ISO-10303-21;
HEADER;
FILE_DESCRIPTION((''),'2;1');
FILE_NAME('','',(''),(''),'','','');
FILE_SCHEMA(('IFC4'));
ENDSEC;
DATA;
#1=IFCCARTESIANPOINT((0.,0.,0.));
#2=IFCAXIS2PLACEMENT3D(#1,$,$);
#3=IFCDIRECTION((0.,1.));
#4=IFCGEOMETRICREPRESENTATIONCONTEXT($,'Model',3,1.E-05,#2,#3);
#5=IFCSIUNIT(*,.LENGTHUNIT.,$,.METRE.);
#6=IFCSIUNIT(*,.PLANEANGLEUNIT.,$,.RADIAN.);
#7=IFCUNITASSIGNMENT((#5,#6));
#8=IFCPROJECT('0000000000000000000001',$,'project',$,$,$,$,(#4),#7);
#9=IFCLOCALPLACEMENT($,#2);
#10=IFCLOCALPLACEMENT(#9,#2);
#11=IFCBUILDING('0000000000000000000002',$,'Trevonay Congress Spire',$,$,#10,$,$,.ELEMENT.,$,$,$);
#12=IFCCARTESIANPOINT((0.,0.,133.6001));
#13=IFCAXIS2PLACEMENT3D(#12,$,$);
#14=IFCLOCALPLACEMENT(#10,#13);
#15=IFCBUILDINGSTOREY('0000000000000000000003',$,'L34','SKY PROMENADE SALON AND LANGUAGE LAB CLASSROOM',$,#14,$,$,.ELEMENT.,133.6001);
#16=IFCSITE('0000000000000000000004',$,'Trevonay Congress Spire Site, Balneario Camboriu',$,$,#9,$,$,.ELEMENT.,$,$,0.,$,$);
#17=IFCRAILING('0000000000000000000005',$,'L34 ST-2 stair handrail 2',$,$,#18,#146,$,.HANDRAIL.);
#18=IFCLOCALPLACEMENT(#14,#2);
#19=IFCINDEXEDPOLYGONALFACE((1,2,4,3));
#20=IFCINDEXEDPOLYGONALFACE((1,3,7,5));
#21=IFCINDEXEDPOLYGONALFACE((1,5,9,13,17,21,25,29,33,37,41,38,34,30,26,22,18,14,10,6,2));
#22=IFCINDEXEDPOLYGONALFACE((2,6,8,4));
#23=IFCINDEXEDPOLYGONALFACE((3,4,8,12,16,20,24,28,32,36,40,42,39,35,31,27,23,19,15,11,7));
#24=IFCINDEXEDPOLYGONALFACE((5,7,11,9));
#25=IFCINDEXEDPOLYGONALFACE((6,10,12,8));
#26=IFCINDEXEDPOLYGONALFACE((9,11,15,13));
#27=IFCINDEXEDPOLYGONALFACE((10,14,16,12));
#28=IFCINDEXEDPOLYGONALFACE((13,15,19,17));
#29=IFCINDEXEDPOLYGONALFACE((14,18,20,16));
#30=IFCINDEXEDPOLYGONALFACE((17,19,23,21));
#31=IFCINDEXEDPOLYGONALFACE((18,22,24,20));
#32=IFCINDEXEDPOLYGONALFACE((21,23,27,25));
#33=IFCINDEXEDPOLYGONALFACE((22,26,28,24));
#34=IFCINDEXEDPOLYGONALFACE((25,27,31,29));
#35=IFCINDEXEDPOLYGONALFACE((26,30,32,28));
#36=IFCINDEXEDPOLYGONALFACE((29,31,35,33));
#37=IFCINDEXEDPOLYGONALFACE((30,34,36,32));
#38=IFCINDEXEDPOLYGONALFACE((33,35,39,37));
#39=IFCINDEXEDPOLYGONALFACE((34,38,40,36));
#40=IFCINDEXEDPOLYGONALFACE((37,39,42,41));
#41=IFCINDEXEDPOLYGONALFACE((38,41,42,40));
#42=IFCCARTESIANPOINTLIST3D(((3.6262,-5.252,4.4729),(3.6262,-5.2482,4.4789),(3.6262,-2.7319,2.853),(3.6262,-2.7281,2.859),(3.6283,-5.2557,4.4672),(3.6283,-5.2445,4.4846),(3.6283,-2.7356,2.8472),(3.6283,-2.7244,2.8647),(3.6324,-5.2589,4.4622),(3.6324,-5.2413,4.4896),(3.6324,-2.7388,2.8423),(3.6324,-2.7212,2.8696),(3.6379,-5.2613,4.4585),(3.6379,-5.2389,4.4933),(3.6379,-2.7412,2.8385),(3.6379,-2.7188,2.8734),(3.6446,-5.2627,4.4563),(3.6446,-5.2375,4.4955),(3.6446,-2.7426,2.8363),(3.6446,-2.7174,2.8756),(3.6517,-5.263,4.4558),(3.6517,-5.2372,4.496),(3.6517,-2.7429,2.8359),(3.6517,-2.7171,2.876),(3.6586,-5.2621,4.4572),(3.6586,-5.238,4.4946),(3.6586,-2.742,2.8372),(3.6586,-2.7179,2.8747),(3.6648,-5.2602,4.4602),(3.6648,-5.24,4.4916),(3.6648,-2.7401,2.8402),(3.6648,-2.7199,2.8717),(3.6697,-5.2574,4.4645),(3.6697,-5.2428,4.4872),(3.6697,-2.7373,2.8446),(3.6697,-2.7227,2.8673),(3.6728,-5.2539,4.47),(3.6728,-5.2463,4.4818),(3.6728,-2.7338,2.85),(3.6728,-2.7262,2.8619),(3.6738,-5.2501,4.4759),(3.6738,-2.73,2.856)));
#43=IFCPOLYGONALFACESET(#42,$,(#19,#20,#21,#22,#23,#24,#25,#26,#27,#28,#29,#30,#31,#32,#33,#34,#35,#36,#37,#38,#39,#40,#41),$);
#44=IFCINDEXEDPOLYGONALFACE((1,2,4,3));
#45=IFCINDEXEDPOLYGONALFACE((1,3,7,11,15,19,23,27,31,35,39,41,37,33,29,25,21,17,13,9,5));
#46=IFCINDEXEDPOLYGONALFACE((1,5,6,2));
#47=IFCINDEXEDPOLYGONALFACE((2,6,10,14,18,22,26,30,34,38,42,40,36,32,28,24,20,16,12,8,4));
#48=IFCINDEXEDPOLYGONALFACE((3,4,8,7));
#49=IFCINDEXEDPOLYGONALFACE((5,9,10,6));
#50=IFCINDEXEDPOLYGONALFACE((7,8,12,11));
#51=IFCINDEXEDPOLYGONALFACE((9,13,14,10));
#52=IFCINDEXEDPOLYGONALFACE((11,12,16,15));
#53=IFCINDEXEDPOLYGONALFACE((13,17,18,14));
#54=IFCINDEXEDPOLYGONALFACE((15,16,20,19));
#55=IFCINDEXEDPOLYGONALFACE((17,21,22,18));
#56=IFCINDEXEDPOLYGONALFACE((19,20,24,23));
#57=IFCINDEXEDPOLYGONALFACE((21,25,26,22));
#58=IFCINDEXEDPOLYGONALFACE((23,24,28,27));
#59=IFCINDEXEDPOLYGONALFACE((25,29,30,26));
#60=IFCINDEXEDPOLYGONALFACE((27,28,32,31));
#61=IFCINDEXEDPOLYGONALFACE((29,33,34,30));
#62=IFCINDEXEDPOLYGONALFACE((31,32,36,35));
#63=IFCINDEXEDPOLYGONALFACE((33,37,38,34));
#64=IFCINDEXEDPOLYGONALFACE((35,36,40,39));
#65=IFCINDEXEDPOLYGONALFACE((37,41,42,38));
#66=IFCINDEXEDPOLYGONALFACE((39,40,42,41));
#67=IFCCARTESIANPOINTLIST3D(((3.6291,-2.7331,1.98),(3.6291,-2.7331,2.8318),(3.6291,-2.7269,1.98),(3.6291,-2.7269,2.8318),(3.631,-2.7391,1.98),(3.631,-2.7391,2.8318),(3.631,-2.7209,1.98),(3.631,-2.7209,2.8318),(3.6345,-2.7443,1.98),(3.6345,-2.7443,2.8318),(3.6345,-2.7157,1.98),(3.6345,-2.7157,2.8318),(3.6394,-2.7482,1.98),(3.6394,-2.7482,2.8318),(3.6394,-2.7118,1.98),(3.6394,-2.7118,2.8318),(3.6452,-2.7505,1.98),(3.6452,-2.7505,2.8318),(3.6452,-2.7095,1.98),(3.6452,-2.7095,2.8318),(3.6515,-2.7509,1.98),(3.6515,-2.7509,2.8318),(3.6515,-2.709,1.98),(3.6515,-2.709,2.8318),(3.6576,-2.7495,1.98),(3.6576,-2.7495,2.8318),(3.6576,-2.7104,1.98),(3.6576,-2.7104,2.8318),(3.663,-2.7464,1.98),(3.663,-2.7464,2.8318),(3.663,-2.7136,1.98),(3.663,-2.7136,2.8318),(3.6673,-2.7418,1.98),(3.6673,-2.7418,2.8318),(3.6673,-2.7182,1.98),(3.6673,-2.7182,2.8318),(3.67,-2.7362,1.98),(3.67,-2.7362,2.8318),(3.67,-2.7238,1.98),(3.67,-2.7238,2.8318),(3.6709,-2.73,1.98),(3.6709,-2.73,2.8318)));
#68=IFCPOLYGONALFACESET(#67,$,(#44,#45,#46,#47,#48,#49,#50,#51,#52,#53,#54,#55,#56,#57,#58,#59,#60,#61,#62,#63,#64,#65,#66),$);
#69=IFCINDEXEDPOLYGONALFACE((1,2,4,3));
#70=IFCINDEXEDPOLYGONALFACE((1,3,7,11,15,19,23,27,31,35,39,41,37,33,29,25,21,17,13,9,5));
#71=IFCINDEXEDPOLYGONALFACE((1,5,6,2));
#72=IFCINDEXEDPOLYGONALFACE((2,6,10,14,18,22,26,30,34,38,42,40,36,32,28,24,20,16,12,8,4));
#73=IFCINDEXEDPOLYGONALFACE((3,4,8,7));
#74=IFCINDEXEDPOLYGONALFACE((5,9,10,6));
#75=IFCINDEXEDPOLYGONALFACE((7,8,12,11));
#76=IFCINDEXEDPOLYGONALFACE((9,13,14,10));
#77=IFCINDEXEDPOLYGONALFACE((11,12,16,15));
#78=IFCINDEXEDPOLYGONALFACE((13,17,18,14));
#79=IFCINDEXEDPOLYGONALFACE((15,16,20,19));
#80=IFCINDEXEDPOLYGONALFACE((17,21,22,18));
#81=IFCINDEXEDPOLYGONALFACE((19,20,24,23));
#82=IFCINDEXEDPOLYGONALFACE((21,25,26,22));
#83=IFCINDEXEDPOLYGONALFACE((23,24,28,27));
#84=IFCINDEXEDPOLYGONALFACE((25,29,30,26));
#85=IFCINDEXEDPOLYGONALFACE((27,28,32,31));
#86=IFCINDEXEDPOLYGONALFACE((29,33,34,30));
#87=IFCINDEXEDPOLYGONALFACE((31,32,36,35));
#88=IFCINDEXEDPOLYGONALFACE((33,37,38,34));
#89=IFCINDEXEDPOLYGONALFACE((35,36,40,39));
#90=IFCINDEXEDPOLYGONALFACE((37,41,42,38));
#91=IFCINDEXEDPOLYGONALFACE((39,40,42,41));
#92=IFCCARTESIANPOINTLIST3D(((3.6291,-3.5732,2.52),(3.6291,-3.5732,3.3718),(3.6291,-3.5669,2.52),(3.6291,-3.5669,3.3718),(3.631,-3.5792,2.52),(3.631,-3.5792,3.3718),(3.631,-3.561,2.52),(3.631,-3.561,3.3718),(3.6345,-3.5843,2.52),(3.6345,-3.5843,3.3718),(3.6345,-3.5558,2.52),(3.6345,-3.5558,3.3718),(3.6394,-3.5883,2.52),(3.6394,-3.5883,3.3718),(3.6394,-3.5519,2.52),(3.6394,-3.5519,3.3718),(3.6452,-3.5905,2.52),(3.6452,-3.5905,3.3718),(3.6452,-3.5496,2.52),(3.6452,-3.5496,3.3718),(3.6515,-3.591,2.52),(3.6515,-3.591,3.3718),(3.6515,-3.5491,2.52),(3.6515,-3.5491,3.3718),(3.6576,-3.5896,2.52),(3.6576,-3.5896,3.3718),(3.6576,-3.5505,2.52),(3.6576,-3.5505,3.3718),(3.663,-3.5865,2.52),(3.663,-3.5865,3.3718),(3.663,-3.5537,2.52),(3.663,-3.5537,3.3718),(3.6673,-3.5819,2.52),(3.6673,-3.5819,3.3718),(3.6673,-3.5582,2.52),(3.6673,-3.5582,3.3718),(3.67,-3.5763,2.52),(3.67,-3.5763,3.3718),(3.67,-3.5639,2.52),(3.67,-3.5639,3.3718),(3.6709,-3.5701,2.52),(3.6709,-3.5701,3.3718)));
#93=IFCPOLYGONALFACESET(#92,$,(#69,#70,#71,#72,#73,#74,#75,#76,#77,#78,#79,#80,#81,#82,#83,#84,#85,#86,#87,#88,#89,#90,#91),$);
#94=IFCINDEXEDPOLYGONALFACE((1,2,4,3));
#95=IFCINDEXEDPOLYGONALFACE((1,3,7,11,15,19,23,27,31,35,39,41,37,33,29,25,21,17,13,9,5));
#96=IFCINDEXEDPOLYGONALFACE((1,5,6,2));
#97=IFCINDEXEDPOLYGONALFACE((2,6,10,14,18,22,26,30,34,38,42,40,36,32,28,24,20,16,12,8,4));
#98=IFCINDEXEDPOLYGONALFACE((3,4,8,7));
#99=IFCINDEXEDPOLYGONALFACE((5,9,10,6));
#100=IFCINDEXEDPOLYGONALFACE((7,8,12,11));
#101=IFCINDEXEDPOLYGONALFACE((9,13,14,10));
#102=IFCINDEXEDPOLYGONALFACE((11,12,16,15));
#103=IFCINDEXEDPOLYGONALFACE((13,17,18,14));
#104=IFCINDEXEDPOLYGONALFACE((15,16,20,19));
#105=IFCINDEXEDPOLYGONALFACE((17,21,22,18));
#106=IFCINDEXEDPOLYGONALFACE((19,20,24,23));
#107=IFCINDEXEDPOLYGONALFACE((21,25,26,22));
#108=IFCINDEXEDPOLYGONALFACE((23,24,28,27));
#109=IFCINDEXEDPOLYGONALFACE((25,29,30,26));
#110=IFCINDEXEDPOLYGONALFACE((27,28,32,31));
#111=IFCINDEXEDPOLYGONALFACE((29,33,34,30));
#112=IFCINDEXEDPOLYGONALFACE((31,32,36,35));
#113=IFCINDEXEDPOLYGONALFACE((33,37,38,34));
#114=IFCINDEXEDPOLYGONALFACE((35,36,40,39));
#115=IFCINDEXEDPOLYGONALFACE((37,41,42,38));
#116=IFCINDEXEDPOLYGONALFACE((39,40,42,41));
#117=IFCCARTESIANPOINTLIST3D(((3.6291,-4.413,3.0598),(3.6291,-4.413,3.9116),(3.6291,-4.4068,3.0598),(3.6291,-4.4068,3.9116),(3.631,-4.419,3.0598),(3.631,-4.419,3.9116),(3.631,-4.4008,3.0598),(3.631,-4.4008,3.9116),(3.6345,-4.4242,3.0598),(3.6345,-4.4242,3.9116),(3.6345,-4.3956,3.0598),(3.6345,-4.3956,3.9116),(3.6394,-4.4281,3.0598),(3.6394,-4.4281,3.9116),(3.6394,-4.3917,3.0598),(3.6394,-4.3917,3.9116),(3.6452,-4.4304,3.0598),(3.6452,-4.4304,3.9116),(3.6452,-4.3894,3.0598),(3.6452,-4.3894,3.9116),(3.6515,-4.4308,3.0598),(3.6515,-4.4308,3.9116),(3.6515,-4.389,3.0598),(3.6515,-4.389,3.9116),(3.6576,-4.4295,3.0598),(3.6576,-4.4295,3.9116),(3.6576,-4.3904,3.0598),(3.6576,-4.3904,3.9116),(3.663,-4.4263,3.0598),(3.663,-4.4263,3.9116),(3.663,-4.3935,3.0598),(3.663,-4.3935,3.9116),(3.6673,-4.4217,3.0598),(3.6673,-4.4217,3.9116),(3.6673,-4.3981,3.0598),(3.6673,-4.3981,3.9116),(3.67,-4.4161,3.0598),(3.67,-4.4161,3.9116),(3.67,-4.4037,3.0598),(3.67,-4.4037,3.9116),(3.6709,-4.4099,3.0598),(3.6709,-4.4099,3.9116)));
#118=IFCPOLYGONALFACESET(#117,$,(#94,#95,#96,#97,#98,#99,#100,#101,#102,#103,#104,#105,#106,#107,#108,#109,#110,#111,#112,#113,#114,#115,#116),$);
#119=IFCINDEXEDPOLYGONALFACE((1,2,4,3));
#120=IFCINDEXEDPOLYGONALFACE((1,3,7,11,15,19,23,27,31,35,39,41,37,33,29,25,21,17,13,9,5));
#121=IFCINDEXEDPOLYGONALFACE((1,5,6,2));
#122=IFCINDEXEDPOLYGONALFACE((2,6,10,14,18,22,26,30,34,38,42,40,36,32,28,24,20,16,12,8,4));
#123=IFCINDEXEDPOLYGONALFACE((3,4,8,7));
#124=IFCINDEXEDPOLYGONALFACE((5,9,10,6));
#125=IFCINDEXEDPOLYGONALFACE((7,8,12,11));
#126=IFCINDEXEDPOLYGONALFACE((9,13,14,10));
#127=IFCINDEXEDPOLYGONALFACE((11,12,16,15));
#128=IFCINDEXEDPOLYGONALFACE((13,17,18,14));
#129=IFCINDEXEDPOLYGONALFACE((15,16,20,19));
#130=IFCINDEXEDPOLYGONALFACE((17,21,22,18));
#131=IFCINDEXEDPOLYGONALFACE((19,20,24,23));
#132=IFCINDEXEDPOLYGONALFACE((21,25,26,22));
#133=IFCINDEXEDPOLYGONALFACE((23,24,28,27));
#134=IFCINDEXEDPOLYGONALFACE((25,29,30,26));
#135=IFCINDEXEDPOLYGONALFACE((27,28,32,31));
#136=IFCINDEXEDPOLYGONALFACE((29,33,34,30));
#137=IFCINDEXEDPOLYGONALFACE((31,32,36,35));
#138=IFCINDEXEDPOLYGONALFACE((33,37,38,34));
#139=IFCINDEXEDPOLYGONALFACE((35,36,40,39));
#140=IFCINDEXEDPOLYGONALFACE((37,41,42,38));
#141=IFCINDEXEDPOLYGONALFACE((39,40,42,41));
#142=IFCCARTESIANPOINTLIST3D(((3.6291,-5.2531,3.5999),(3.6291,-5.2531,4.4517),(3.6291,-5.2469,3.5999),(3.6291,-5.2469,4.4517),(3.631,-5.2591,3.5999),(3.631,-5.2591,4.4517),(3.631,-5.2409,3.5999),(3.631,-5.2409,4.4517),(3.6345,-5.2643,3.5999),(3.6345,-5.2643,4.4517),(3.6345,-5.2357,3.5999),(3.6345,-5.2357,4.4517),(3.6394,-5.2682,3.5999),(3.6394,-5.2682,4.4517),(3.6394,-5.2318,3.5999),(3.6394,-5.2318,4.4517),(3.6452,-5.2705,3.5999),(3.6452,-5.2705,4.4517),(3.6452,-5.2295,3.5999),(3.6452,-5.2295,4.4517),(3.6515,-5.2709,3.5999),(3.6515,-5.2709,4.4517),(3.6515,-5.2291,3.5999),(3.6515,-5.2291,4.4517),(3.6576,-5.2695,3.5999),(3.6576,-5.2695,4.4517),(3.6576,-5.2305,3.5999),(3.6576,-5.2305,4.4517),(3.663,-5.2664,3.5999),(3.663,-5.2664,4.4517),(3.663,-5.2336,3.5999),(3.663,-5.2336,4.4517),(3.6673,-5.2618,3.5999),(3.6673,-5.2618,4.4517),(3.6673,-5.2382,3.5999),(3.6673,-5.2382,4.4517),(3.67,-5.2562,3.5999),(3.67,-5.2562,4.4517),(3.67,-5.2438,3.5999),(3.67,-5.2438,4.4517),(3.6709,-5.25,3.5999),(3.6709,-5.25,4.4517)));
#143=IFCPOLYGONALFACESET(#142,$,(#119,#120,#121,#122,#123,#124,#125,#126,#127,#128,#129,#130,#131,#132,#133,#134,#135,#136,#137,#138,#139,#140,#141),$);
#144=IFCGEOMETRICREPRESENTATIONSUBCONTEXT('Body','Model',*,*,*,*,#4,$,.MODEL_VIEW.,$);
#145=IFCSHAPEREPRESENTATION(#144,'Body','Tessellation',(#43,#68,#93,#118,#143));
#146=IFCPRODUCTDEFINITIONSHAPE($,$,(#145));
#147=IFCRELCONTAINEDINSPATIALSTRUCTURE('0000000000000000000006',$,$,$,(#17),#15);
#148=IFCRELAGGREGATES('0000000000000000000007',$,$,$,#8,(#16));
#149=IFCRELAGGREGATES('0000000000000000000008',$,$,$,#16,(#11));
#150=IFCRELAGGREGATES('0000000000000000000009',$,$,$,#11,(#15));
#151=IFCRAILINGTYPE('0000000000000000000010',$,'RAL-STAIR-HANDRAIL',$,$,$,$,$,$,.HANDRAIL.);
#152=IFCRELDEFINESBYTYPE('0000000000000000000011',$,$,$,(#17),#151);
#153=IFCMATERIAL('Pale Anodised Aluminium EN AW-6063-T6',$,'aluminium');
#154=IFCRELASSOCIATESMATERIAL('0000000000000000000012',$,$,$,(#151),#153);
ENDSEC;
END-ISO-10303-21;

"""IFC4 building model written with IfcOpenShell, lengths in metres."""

from ifc_helpers import new_model, si_unit, direction, frame, origin, origin_2d, place, context, subcontext, project, spatial, circle, extrude, material, type_object, element, save


model = new_model("IFC4")

# Units and contexts
model_context = context("Model", 3, precision=1e-05, world=origin(), true_north=direction((0.0, 1.0)))
body_context = subcontext(model_context, "Body", "Model", "MODEL_VIEW")
ifc_project = project(units=[si_unit("LENGTHUNIT", "METRE"), si_unit("PLANEANGLEUNIT", "RADIAN")], contexts=[model_context])

# Site, building, storey
site_placement = place(None, origin())
site = spatial("IfcSite", under=ifc_project, at=site_placement, Name="Trevonay Congress Spire Site, Balneario Camboriu", CompositionType="ELEMENT", RefElevation=0.0)
building_placement = place(site_placement, origin())
building = spatial("IfcBuilding", under=site, at=building_placement, Name="Trevonay Congress Spire", CompositionType="ELEMENT")
storey_placement = place(building_placement, frame((0.0, 0.0, 133.6001)))
storey = spatial("IfcBuildingStorey", under=building, at=storey_placement, Name="L34", Description="SKY PROMENADE SALON AND LANGUAGE LAB CLASSROOM", CompositionType="ELEMENT", Elevation=133.6001)

# Shared definitions
ifc_material_1 = material(Name="Pale Anodised Aluminium EN AW-6063-T6", Category="aluminium")

# Railing
railing_type_1 = type_object("IfcRailingType", Name="RAL-STAIR-HANDRAIL", PredefinedType="HANDRAIL", material=ifc_material_1)
railing_1_placement = place(storey_placement, frame((3.6499, -2.73, 1.98)))
element("IfcRailing", 1, at=railing_1_placement, inside=storey, type_object=railing_type_1, Name="L34 ST-2 stair handrail 2", PredefinedType="HANDRAIL", context=body_context, shape_type="SweptSolid", body=[
    extrude(circle(Radius=0.0239, at=origin_2d()), frame((0.0, 0.0, 0.876), z_axis=(0.0, -0.8412, 0.540725), x_axis=(1.0, 0.0, 0.0)), (0.0, 0.0, 1.0), 2.9958),
    extrude(circle(Radius=0.021, at=origin_2d()), origin(), (0.0, 0.0, 1.0), 0.8518),
    extrude(circle(Radius=0.021, at=origin_2d()), frame((0.0, -0.8401, 0.54)), (0.0, 0.0, 1.0), 0.8518),
    extrude(circle(Radius=0.021, at=origin_2d()), frame((0.0, -1.6799, 1.0798)), (0.0, 0.0, 1.0), 0.8518),
    extrude(circle(Radius=0.021, at=origin_2d()), frame((0.0, -2.52, 1.6199)), (0.0, 0.0, 1.0), 0.8518),
])

save(model, "model.ifc")
